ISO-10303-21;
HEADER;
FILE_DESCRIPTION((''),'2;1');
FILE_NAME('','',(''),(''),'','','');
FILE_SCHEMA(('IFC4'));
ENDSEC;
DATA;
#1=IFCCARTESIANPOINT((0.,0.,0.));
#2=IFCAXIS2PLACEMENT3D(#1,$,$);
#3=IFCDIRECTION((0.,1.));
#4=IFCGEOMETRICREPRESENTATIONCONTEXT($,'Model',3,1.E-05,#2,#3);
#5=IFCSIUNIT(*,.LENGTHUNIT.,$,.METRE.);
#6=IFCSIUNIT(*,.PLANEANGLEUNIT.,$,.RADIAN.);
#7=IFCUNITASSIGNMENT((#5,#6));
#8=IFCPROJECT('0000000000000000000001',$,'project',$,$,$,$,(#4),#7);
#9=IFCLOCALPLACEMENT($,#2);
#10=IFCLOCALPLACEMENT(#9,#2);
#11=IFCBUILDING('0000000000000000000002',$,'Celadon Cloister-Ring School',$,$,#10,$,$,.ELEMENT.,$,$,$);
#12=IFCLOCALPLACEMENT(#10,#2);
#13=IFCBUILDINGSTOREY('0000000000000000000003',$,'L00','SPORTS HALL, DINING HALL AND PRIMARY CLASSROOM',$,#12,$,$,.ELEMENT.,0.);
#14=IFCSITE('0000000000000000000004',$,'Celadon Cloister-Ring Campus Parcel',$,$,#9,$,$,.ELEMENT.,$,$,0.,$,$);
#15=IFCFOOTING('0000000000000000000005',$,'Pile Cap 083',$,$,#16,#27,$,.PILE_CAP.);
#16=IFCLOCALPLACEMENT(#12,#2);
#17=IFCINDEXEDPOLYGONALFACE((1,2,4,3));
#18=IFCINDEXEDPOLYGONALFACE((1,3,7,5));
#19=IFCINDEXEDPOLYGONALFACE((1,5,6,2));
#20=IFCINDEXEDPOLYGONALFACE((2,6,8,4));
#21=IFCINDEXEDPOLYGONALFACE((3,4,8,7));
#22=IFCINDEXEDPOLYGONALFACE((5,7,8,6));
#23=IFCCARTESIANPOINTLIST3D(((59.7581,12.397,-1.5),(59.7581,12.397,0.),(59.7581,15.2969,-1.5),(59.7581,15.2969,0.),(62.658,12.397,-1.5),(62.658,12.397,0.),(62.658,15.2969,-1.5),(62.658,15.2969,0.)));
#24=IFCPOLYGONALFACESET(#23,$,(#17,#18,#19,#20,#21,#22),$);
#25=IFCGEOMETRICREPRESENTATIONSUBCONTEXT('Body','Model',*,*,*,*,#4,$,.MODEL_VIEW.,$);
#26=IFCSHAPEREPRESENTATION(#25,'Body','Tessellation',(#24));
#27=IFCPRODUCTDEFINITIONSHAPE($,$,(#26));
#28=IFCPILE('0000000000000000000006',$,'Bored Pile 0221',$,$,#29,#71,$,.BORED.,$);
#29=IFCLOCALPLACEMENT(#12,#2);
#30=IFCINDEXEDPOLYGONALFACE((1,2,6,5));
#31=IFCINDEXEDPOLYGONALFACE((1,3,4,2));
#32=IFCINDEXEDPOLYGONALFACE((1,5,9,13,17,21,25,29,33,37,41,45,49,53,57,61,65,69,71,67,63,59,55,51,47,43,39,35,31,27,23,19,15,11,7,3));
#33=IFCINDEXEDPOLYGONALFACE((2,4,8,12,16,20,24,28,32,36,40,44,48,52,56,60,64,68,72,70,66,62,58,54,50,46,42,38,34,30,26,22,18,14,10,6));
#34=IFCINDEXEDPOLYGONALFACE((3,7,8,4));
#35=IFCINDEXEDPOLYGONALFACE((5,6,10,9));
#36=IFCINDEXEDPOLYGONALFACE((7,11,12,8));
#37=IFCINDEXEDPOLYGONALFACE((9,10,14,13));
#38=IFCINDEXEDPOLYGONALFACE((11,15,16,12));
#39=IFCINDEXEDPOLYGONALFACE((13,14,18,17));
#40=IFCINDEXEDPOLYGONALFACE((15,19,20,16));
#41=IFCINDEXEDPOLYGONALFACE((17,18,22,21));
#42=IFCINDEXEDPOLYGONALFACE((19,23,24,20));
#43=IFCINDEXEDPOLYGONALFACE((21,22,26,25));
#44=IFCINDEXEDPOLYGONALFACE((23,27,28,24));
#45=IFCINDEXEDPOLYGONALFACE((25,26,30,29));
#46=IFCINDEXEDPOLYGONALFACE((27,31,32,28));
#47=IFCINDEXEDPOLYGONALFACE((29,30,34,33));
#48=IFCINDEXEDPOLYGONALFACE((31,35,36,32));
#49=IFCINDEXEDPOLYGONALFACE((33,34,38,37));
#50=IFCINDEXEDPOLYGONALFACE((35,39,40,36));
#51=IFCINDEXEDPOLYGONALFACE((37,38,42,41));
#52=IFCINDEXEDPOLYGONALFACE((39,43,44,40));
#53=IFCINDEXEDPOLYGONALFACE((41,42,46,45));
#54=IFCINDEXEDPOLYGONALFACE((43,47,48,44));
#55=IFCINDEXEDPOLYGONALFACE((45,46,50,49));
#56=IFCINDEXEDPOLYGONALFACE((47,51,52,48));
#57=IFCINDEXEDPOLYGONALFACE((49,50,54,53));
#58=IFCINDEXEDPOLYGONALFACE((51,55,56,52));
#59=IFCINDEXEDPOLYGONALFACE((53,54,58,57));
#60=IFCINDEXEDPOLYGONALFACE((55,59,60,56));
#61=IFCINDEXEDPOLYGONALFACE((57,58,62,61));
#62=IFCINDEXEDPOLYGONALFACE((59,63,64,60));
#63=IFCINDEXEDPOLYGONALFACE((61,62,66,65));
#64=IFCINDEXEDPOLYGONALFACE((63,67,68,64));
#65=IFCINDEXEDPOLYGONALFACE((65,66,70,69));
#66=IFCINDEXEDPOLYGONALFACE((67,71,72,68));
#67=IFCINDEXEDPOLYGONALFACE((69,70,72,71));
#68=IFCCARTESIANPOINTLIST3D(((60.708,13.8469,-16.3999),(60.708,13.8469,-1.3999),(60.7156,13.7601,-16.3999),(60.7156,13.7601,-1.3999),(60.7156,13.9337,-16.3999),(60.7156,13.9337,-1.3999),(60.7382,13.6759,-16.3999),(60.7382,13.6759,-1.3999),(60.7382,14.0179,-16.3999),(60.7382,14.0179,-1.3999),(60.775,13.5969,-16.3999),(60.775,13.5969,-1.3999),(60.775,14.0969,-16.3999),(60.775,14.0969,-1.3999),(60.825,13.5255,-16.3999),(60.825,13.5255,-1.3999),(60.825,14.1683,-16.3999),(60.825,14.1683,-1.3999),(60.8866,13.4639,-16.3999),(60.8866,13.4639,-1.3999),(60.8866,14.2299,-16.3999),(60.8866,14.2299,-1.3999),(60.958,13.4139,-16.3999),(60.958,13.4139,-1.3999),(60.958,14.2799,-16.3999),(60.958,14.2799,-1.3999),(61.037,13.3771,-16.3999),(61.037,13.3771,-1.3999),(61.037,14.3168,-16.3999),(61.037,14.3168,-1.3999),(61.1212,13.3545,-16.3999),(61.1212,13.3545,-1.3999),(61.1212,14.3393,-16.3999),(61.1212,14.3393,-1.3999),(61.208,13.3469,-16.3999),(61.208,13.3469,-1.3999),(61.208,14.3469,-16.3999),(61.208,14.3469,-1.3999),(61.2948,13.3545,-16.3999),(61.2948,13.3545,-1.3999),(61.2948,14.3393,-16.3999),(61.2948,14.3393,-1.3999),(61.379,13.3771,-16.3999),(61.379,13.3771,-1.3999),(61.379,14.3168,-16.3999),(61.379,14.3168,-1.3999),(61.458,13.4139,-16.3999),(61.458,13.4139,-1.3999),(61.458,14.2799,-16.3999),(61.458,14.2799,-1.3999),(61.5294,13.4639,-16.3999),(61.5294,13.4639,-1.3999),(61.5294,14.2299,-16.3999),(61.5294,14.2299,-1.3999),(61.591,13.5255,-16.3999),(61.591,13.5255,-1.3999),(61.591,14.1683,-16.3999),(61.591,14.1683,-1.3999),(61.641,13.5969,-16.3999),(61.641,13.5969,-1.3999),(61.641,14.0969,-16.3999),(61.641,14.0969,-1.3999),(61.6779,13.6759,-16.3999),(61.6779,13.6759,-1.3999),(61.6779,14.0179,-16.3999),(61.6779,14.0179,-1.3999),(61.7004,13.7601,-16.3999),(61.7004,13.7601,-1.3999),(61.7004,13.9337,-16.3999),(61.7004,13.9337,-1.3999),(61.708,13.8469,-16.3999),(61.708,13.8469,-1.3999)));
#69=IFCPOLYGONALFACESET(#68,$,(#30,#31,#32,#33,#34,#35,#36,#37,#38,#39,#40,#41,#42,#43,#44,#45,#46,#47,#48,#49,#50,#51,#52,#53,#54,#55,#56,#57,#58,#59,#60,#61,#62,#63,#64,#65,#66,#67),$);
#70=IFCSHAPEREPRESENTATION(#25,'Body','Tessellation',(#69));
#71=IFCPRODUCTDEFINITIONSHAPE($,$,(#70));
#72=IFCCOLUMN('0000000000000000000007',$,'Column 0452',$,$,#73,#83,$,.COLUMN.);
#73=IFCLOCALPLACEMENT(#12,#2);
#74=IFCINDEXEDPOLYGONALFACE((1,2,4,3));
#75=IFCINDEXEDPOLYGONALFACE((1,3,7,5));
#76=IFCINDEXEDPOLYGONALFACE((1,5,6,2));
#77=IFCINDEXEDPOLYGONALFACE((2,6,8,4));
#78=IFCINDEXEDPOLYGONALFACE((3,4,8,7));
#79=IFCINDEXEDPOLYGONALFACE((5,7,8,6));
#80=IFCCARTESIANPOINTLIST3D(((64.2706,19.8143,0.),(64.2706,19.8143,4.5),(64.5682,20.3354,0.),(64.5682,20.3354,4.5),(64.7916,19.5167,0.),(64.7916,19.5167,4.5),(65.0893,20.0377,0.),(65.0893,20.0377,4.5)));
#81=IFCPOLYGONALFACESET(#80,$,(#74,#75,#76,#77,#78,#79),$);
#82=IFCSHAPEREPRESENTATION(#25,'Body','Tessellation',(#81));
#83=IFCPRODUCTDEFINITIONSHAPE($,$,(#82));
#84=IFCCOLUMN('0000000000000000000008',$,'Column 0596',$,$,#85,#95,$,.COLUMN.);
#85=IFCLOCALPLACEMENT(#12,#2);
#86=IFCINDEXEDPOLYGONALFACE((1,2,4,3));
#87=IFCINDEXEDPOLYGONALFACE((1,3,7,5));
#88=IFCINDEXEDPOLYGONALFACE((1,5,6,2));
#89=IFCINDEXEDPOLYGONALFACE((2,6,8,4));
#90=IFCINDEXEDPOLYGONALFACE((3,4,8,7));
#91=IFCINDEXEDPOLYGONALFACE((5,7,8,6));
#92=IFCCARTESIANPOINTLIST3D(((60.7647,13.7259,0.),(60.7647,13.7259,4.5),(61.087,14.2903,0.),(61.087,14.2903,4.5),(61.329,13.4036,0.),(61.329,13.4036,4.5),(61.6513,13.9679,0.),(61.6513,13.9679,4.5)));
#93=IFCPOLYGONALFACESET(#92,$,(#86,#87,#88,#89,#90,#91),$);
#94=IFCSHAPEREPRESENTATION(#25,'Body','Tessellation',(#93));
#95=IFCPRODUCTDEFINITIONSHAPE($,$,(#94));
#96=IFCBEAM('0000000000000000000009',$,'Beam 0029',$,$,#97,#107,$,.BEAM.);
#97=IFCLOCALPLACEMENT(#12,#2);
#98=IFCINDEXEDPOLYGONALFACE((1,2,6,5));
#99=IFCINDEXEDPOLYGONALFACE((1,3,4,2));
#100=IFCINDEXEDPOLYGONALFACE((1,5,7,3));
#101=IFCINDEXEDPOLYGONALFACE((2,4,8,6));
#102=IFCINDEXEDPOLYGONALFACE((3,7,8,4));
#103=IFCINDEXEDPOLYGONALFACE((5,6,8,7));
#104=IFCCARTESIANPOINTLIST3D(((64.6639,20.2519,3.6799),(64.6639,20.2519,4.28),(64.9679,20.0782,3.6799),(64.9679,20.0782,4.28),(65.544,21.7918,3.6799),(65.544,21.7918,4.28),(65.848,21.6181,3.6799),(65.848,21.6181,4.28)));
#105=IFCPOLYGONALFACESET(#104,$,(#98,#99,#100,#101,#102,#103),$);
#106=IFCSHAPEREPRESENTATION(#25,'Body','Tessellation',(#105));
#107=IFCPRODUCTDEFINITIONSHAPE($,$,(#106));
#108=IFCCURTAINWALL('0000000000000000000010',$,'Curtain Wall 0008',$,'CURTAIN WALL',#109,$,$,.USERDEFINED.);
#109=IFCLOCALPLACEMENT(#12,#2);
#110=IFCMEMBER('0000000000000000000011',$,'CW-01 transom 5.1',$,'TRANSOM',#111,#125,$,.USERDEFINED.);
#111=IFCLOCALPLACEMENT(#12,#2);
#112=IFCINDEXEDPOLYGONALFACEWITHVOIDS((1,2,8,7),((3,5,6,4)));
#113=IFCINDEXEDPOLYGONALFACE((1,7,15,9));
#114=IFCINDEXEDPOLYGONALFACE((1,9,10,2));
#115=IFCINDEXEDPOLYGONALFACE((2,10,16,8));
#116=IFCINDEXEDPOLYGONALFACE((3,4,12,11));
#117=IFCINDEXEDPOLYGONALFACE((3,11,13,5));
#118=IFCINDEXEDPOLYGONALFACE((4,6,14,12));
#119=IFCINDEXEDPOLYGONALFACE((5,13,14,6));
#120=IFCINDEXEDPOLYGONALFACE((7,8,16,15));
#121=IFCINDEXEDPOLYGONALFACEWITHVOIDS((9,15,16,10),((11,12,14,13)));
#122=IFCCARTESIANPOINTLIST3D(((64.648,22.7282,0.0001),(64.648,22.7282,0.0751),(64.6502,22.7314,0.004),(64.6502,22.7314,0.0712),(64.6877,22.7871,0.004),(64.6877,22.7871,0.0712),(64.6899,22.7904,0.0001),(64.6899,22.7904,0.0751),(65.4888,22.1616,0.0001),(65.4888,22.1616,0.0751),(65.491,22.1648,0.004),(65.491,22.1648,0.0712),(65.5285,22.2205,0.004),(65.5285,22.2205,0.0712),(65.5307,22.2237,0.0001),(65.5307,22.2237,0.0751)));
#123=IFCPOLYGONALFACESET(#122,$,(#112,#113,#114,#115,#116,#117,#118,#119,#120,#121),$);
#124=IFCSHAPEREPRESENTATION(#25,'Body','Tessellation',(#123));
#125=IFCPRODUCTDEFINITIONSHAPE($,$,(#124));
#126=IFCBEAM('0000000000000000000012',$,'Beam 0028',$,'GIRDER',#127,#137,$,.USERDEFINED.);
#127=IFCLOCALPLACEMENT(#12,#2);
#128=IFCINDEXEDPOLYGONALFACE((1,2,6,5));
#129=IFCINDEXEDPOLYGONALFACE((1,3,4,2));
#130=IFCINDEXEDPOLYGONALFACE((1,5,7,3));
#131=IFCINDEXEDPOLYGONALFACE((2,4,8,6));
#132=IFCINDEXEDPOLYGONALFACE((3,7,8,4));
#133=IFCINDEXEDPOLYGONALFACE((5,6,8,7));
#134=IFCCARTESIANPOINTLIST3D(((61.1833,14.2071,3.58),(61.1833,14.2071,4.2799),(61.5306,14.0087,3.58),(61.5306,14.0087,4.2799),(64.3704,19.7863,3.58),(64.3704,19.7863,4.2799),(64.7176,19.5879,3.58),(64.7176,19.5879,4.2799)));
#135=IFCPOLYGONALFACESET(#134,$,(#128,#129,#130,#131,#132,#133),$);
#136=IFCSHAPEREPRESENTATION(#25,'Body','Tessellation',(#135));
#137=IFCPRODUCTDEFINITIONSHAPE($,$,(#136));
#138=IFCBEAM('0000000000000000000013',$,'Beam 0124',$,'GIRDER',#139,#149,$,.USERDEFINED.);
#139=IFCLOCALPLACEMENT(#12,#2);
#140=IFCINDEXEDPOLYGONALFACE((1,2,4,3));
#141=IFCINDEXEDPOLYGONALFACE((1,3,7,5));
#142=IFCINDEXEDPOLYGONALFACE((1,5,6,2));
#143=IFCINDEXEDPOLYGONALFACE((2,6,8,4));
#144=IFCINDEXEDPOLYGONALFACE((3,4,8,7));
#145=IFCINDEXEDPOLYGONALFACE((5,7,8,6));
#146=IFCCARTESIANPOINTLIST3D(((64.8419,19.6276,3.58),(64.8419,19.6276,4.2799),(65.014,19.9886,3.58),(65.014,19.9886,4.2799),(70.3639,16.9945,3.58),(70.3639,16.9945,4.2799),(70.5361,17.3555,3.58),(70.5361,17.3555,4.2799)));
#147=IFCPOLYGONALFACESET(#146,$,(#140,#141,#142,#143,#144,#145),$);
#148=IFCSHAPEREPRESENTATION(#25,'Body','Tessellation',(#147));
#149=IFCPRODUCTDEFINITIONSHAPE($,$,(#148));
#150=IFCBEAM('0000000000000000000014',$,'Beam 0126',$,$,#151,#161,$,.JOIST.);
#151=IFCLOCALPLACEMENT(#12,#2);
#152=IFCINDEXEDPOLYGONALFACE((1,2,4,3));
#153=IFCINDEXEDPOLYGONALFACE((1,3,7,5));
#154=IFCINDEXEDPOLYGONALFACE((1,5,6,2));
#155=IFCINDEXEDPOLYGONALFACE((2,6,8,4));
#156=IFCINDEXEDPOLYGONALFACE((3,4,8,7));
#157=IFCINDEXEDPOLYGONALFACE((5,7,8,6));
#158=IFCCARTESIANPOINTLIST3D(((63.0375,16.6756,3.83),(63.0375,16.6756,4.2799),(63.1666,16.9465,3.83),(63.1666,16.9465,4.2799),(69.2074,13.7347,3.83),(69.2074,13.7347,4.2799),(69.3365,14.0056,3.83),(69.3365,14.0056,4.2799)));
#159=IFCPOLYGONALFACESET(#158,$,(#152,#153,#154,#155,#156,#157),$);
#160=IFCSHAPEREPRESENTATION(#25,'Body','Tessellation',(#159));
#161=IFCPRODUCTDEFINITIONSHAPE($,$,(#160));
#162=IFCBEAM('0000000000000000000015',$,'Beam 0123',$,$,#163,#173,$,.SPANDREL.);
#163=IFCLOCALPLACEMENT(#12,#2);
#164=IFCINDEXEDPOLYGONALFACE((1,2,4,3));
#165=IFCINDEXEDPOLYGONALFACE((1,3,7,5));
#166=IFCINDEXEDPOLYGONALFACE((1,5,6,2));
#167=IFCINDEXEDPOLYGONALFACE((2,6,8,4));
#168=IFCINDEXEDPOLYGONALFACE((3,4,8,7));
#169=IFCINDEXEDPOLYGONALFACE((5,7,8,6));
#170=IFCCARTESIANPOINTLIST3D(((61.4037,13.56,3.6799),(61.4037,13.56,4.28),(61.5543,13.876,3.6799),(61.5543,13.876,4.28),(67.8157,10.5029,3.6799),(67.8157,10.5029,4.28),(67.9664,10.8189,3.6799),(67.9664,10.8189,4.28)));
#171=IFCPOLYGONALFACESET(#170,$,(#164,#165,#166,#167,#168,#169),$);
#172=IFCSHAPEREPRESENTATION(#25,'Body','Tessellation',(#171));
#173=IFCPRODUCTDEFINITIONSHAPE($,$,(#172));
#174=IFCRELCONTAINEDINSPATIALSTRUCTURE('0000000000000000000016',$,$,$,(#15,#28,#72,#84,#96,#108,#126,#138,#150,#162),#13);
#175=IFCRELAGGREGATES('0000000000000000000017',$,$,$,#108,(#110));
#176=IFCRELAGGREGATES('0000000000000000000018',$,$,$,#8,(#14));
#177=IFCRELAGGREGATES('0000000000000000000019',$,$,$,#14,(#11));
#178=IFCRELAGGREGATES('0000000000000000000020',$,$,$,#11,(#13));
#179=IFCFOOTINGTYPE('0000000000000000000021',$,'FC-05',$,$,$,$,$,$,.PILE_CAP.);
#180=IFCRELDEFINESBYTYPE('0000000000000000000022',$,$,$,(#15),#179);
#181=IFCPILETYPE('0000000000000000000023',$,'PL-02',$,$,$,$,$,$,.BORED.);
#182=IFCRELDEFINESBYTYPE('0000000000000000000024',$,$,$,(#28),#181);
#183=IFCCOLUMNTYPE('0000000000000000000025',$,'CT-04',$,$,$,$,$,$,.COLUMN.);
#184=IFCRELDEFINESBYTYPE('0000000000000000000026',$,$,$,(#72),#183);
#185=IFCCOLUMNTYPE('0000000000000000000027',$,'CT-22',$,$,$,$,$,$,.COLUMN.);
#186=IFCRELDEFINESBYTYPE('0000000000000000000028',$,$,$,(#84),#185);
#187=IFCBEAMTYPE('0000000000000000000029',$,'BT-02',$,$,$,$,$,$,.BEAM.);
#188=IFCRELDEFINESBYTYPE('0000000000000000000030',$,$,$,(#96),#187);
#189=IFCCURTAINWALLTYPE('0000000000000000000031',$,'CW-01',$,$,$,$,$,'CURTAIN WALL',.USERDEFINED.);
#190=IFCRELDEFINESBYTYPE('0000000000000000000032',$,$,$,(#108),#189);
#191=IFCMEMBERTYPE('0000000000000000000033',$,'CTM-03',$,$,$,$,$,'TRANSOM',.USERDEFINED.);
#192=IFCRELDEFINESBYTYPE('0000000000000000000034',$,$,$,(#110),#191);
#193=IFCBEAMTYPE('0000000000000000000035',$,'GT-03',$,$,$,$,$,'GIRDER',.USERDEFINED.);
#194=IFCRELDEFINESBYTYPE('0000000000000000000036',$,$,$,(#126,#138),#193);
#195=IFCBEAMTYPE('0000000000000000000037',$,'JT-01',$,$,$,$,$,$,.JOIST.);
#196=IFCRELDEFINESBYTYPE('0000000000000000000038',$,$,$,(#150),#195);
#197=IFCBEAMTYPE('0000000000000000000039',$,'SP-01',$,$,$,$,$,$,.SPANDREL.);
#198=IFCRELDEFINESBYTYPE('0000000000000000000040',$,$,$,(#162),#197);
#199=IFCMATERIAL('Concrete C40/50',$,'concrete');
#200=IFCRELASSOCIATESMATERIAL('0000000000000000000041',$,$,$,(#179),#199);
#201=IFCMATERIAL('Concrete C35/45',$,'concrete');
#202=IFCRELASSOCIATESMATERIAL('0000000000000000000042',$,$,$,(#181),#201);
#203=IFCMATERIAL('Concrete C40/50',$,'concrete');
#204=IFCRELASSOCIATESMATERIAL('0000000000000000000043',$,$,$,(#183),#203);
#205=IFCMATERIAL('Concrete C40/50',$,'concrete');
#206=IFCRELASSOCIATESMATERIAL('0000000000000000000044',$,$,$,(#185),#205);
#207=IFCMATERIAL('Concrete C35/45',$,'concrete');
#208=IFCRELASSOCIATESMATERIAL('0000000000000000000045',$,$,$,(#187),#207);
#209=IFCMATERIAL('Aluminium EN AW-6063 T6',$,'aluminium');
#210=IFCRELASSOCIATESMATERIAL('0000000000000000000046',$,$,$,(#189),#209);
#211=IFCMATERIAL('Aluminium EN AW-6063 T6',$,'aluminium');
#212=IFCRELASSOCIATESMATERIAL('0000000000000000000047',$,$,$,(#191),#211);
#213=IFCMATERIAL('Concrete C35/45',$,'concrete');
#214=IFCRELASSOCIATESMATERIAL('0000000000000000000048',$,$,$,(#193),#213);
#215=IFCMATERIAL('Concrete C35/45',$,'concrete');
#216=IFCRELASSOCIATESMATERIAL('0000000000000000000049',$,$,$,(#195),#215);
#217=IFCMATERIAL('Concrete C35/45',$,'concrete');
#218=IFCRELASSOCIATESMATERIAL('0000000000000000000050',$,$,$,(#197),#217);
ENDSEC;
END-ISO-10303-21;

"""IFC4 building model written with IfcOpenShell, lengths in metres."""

from ifc_helpers import new_model, si_unit, direction, frame, origin, origin_2d, place, context, subcontext, project, spatial, rectangle, hollow_rectangle, circle, extrude, material, material_profile, profile_set, type_object, element, aggregate, save


model = new_model("IFC4")

# Units and contexts
model_context = context("Model", 3, precision=1e-05, world=origin(), true_north=direction((0.0, 1.0)))
body_context = subcontext(model_context, "Body", "Model", "MODEL_VIEW")
ifc_project = project(units=[si_unit("LENGTHUNIT", "METRE"), si_unit("PLANEANGLEUNIT", "RADIAN")], contexts=[model_context])

# Site, building, storey
site_placement = place(None, origin())
site = spatial("IfcSite", under=ifc_project, at=site_placement, Name="Celadon Cloister-Ring Campus Parcel", CompositionType="ELEMENT", RefElevation=0.0)
building_placement = place(site_placement, origin())
building = spatial("IfcBuilding", under=site, at=building_placement, Name="Celadon Cloister-Ring School", CompositionType="ELEMENT")
storey_placement = place(building_placement, origin())
storey = spatial("IfcBuildingStorey", under=building, at=storey_placement, Name="L00", Description="SPORTS HALL, DINING HALL AND PRIMARY CLASSROOM", CompositionType="ELEMENT", Elevation=0.0)

# Footing
ifc_material_1 = material(Name="Concrete C40/50", Category="concrete")
footing_type = type_object("IfcFootingType", Name="FC-05", PredefinedType="PILE_CAP", material=ifc_material_1)
footing_placement = place(storey_placement, frame((61.208, 13.8469, -1.5), z_axis=(0.0, 0.0, 1.0), x_axis=(1.0, 0.0, 0.0)))
element("IfcFooting", 1, at=footing_placement, inside=storey, type_object=footing_type, Name="Pile Cap 083", PredefinedType="PILE_CAP", context=body_context, shape_type="SweptSolid", body=[
    extrude(rectangle(XDim=2.8999, YDim=2.8999, at=origin_2d()), origin(), (0.0, 0.0, 1.0), 1.5),
])

# Pile
ifc_material_2 = material(Name="Concrete C35/45", Category="concrete")
ifc_material_profile_1 = material_profile(ifc_material_2, circle(Radius=0.5, at=origin_2d()), Name="PILE1000")
ifc_profile_set_1 = profile_set([ifc_material_profile_1], Name="Concrete C35/45")
pile_type = type_object("IfcPileType", Name="PL-02", PredefinedType="BORED", material=ifc_profile_set_1)
pile_placement = place(storey_placement, frame((61.208, 13.8469, -1.3999), z_axis=(0.0, 0.0, -1.0), x_axis=(1.0, 0.0, 0.0)))
element("IfcPile", 2, at=pile_placement, inside=storey, type_object=pile_type, Name="Bored Pile 0221", PredefinedType="BORED", context=body_context, shape_type="SweptSolid", body=[
    extrude(circle(Radius=0.5, at=origin_2d()), origin(), (0.0, 0.0, 1.0), 15.0),
])

# Columns
ifc_material_3 = material(Name="Concrete C40/50", Category="concrete")
ifc_material_profile_2 = material_profile(ifc_material_3, rectangle(XDim=0.6001, YDim=0.6001, at=origin_2d()), Name="RC600X600")
ifc_profile_set_2 = profile_set([ifc_material_profile_2], Name="Concrete C40/50")
column_type_1 = type_object("IfcColumnType", Name="CT-04", PredefinedType="COLUMN", material=ifc_profile_set_2)
column_1_placement = place(storey_placement, frame((64.6799, 19.926, 0.0), z_axis=(0.0, 0.0, 1.0), x_axis=(-0.496004, -0.86832, 0.0)))
element("IfcColumn", 3, at=column_1_placement, inside=storey, type_object=column_type_1, Name="Column 0452", PredefinedType="COLUMN", context=body_context, shape_type="SweptSolid", body=[
    extrude(rectangle(XDim=0.6001, YDim=0.6001, at=origin_2d()), origin(), (0.0, 0.0, 1.0), 4.5),
])
ifc_material_4 = material(Name="Concrete C40/50", Category="concrete")
ifc_material_profile_3 = material_profile(ifc_material_4, rectangle(XDim=0.6499, YDim=0.6499, at=origin_2d()), Name="RC650X650")
ifc_profile_set_3 = profile_set([ifc_material_profile_3], Name="Concrete C40/50")
column_type_2 = type_object("IfcColumnType", Name="CT-22", PredefinedType="COLUMN", material=ifc_profile_set_3)
column_2_placement = place(storey_placement, frame((61.208, 13.8469, 0.0), z_axis=(0.0, 0.0, 1.0), x_axis=(-0.496004, -0.86832, 0.0)))
element("IfcColumn", 4, at=column_2_placement, inside=storey, type_object=column_type_2, Name="Column 0596", PredefinedType="COLUMN", context=body_context, shape_type="SweptSolid", body=[
    extrude(rectangle(XDim=0.6499, YDim=0.6499, at=origin_2d()), origin(), (0.0, 0.0, 1.0), 4.5),
])

# Beam
ifc_material_5 = material(Name="Concrete C35/45", Category="concrete")
ifc_material_profile_4 = material_profile(ifc_material_5, rectangle(XDim=0.3501, YDim=0.6001, at=origin_2d()), Name="RC350X600")
ifc_profile_set_4 = profile_set([ifc_material_profile_4], Name="Concrete C35/45")
beam_type_1 = type_object("IfcBeamType", Name="BT-02", PredefinedType="BEAM", material=ifc_profile_set_4)
beam_1_placement = place(storey_placement, frame((64.8159, 20.165, 3.98), z_axis=(0.496183, 0.868218, 0.0), x_axis=(-0.868218, 0.496183, 0.0)))
element("IfcBeam", 5, at=beam_1_placement, inside=storey, type_object=beam_type_1, Name="Beam 0029", PredefinedType="BEAM", context=body_context, shape_type="SweptSolid", body=[
    extrude(rectangle(XDim=0.3501, YDim=0.6001, at=origin_2d()), origin(), (0.0, 0.0, 1.0), 1.7737),
])

# Curtain wall, member
ifc_material_6 = material(Name="Aluminium EN AW-6063 T6", Category="aluminium")
curtain_wall_type = type_object("IfcCurtainWallType", Name="CW-01", ElementType="CURTAIN WALL", PredefinedType="USERDEFINED", material=ifc_material_6)
curtain_wall_placement = place(storey_placement, origin())
curtain_wall = element("IfcCurtainWall", 6, at=curtain_wall_placement, inside=storey, type_object=curtain_wall_type, Name="Curtain Wall 0008", ObjectType="CURTAIN WALL", PredefinedType="USERDEFINED")
ifc_material_7 = material(Name="Aluminium EN AW-6063 T6", Category="aluminium")
ifc_material_profile_5 = material_profile(ifc_material_7, hollow_rectangle(XDim=0.075, YDim=0.075, WallThickness=0.0039, at=origin_2d()), Name="RHS75X75X4")
ifc_profile_set_5 = profile_set([ifc_material_profile_5], Name="Aluminium EN AW-6063 T6")
member_type = type_object("IfcMemberType", Name="CTM-03", ElementType="TRANSOM", PredefinedType="USERDEFINED", material=ifc_profile_set_5)
member_placement = place(storey_placement, frame((64.6689, 22.7593, 0.0376), z_axis=(0.829262, -0.558861, 0.0), x_axis=(0.558861, 0.829262, 0.0)))
member = element("IfcMember", 7, at=member_placement, type_object=member_type, Name="CW-01 transom 5.1", ObjectType="TRANSOM", PredefinedType="USERDEFINED", context=body_context, shape_type="SweptSolid", body=[
    extrude(hollow_rectangle(XDim=0.075, YDim=0.075, WallThickness=0.0039, at=origin_2d()), origin(), (0.0, 0.0, 1.0), 1.0139),
])

# Beams
ifc_material_8 = material(Name="Concrete C35/45", Category="concrete")
ifc_material_profile_6 = material_profile(ifc_material_8, rectangle(XDim=0.3999, YDim=0.7, at=origin_2d()), Name="RC400X700")
ifc_profile_set_6 = profile_set([ifc_material_profile_6], Name="Concrete C35/45")
beam_type_2 = type_object("IfcBeamType", Name="GT-03", ElementType="GIRDER", PredefinedType="USERDEFINED", material=ifc_profile_set_6)
beam_2_placement = place(storey_placement, frame((61.3569, 14.1079, 3.9299), z_axis=(0.496016, 0.868313, 0.0), x_axis=(-0.868313, 0.496016, 0.0)))
element("IfcBeam", 8, at=beam_2_placement, inside=storey, type_object=beam_type_2, Name="Beam 0028", ObjectType="GIRDER", PredefinedType="USERDEFINED", context=body_context, shape_type="SweptSolid", body=[
    extrude(rectangle(XDim=0.3999, YDim=0.7, at=origin_2d()), origin(), (0.0, 0.0, 1.0), 6.4253),
])
beam_3_placement = place(storey_placement, frame((64.928, 19.8081, 3.9299), z_axis=(0.902635, -0.430406, 0.0), x_axis=(0.430406, 0.902635, 0.0)))
element("IfcBeam", 9, at=beam_3_placement, inside=storey, type_object=beam_type_2, Name="Beam 0124", ObjectType="GIRDER", PredefinedType="USERDEFINED", context=body_context, shape_type="SweptSolid", body=[
    extrude(rectangle(XDim=0.3999, YDim=0.7, at=origin_2d()), origin(), (0.0, 0.0, 1.0), 6.1177),
])
ifc_material_9 = material(Name="Concrete C35/45", Category="concrete")
ifc_material_profile_7 = material_profile(ifc_material_9, rectangle(XDim=0.3, YDim=0.45, at=origin_2d()), Name="RC300X450")
ifc_profile_set_7 = profile_set([ifc_material_profile_7], Name="Concrete C35/45")
beam_type_3 = type_object("IfcBeamType", Name="JT-01", PredefinedType="JOIST", material=ifc_profile_set_7)
beam_4_placement = place(storey_placement, frame((63.1021, 16.811, 4.0549), z_axis=(0.902698, -0.430275, 0.0), x_axis=(0.430275, 0.902698, 0.0)))
element("IfcBeam", 10, at=beam_4_placement, inside=storey, type_object=beam_type_3, Name="Beam 0126", PredefinedType="JOIST", context=body_context, shape_type="SweptSolid", body=[
    extrude(rectangle(XDim=0.3, YDim=0.45, at=origin_2d()), origin(), (0.0, 0.0, 1.0), 6.835),
])
ifc_material_10 = material(Name="Concrete C35/45", Category="concrete")
ifc_material_profile_8 = material_profile(ifc_material_10, rectangle(XDim=0.3501, YDim=0.6001, at=origin_2d()), Name="RC350X600")
ifc_profile_set_8 = profile_set([ifc_material_profile_8], Name="Concrete C35/45")
beam_type_4 = type_object("IfcBeamType", Name="SP-01", PredefinedType="SPANDREL", material=ifc_profile_set_8)
beam_5_placement = place(storey_placement, frame((61.479, 13.718, 3.98), z_axis=(0.902656, -0.430363, 0.0), x_axis=(0.430363, 0.902656, 0.0)))
element("IfcBeam", 11, at=beam_5_placement, inside=storey, type_object=beam_type_4, Name="Beam 0123", PredefinedType="SPANDREL", context=body_context, shape_type="SweptSolid", body=[
    extrude(rectangle(XDim=0.3501, YDim=0.6001, at=origin_2d()), origin(), (0.0, 0.0, 1.0), 7.1035),
])

aggregate(curtain_wall, [member])

save(model, "model.ifc")
